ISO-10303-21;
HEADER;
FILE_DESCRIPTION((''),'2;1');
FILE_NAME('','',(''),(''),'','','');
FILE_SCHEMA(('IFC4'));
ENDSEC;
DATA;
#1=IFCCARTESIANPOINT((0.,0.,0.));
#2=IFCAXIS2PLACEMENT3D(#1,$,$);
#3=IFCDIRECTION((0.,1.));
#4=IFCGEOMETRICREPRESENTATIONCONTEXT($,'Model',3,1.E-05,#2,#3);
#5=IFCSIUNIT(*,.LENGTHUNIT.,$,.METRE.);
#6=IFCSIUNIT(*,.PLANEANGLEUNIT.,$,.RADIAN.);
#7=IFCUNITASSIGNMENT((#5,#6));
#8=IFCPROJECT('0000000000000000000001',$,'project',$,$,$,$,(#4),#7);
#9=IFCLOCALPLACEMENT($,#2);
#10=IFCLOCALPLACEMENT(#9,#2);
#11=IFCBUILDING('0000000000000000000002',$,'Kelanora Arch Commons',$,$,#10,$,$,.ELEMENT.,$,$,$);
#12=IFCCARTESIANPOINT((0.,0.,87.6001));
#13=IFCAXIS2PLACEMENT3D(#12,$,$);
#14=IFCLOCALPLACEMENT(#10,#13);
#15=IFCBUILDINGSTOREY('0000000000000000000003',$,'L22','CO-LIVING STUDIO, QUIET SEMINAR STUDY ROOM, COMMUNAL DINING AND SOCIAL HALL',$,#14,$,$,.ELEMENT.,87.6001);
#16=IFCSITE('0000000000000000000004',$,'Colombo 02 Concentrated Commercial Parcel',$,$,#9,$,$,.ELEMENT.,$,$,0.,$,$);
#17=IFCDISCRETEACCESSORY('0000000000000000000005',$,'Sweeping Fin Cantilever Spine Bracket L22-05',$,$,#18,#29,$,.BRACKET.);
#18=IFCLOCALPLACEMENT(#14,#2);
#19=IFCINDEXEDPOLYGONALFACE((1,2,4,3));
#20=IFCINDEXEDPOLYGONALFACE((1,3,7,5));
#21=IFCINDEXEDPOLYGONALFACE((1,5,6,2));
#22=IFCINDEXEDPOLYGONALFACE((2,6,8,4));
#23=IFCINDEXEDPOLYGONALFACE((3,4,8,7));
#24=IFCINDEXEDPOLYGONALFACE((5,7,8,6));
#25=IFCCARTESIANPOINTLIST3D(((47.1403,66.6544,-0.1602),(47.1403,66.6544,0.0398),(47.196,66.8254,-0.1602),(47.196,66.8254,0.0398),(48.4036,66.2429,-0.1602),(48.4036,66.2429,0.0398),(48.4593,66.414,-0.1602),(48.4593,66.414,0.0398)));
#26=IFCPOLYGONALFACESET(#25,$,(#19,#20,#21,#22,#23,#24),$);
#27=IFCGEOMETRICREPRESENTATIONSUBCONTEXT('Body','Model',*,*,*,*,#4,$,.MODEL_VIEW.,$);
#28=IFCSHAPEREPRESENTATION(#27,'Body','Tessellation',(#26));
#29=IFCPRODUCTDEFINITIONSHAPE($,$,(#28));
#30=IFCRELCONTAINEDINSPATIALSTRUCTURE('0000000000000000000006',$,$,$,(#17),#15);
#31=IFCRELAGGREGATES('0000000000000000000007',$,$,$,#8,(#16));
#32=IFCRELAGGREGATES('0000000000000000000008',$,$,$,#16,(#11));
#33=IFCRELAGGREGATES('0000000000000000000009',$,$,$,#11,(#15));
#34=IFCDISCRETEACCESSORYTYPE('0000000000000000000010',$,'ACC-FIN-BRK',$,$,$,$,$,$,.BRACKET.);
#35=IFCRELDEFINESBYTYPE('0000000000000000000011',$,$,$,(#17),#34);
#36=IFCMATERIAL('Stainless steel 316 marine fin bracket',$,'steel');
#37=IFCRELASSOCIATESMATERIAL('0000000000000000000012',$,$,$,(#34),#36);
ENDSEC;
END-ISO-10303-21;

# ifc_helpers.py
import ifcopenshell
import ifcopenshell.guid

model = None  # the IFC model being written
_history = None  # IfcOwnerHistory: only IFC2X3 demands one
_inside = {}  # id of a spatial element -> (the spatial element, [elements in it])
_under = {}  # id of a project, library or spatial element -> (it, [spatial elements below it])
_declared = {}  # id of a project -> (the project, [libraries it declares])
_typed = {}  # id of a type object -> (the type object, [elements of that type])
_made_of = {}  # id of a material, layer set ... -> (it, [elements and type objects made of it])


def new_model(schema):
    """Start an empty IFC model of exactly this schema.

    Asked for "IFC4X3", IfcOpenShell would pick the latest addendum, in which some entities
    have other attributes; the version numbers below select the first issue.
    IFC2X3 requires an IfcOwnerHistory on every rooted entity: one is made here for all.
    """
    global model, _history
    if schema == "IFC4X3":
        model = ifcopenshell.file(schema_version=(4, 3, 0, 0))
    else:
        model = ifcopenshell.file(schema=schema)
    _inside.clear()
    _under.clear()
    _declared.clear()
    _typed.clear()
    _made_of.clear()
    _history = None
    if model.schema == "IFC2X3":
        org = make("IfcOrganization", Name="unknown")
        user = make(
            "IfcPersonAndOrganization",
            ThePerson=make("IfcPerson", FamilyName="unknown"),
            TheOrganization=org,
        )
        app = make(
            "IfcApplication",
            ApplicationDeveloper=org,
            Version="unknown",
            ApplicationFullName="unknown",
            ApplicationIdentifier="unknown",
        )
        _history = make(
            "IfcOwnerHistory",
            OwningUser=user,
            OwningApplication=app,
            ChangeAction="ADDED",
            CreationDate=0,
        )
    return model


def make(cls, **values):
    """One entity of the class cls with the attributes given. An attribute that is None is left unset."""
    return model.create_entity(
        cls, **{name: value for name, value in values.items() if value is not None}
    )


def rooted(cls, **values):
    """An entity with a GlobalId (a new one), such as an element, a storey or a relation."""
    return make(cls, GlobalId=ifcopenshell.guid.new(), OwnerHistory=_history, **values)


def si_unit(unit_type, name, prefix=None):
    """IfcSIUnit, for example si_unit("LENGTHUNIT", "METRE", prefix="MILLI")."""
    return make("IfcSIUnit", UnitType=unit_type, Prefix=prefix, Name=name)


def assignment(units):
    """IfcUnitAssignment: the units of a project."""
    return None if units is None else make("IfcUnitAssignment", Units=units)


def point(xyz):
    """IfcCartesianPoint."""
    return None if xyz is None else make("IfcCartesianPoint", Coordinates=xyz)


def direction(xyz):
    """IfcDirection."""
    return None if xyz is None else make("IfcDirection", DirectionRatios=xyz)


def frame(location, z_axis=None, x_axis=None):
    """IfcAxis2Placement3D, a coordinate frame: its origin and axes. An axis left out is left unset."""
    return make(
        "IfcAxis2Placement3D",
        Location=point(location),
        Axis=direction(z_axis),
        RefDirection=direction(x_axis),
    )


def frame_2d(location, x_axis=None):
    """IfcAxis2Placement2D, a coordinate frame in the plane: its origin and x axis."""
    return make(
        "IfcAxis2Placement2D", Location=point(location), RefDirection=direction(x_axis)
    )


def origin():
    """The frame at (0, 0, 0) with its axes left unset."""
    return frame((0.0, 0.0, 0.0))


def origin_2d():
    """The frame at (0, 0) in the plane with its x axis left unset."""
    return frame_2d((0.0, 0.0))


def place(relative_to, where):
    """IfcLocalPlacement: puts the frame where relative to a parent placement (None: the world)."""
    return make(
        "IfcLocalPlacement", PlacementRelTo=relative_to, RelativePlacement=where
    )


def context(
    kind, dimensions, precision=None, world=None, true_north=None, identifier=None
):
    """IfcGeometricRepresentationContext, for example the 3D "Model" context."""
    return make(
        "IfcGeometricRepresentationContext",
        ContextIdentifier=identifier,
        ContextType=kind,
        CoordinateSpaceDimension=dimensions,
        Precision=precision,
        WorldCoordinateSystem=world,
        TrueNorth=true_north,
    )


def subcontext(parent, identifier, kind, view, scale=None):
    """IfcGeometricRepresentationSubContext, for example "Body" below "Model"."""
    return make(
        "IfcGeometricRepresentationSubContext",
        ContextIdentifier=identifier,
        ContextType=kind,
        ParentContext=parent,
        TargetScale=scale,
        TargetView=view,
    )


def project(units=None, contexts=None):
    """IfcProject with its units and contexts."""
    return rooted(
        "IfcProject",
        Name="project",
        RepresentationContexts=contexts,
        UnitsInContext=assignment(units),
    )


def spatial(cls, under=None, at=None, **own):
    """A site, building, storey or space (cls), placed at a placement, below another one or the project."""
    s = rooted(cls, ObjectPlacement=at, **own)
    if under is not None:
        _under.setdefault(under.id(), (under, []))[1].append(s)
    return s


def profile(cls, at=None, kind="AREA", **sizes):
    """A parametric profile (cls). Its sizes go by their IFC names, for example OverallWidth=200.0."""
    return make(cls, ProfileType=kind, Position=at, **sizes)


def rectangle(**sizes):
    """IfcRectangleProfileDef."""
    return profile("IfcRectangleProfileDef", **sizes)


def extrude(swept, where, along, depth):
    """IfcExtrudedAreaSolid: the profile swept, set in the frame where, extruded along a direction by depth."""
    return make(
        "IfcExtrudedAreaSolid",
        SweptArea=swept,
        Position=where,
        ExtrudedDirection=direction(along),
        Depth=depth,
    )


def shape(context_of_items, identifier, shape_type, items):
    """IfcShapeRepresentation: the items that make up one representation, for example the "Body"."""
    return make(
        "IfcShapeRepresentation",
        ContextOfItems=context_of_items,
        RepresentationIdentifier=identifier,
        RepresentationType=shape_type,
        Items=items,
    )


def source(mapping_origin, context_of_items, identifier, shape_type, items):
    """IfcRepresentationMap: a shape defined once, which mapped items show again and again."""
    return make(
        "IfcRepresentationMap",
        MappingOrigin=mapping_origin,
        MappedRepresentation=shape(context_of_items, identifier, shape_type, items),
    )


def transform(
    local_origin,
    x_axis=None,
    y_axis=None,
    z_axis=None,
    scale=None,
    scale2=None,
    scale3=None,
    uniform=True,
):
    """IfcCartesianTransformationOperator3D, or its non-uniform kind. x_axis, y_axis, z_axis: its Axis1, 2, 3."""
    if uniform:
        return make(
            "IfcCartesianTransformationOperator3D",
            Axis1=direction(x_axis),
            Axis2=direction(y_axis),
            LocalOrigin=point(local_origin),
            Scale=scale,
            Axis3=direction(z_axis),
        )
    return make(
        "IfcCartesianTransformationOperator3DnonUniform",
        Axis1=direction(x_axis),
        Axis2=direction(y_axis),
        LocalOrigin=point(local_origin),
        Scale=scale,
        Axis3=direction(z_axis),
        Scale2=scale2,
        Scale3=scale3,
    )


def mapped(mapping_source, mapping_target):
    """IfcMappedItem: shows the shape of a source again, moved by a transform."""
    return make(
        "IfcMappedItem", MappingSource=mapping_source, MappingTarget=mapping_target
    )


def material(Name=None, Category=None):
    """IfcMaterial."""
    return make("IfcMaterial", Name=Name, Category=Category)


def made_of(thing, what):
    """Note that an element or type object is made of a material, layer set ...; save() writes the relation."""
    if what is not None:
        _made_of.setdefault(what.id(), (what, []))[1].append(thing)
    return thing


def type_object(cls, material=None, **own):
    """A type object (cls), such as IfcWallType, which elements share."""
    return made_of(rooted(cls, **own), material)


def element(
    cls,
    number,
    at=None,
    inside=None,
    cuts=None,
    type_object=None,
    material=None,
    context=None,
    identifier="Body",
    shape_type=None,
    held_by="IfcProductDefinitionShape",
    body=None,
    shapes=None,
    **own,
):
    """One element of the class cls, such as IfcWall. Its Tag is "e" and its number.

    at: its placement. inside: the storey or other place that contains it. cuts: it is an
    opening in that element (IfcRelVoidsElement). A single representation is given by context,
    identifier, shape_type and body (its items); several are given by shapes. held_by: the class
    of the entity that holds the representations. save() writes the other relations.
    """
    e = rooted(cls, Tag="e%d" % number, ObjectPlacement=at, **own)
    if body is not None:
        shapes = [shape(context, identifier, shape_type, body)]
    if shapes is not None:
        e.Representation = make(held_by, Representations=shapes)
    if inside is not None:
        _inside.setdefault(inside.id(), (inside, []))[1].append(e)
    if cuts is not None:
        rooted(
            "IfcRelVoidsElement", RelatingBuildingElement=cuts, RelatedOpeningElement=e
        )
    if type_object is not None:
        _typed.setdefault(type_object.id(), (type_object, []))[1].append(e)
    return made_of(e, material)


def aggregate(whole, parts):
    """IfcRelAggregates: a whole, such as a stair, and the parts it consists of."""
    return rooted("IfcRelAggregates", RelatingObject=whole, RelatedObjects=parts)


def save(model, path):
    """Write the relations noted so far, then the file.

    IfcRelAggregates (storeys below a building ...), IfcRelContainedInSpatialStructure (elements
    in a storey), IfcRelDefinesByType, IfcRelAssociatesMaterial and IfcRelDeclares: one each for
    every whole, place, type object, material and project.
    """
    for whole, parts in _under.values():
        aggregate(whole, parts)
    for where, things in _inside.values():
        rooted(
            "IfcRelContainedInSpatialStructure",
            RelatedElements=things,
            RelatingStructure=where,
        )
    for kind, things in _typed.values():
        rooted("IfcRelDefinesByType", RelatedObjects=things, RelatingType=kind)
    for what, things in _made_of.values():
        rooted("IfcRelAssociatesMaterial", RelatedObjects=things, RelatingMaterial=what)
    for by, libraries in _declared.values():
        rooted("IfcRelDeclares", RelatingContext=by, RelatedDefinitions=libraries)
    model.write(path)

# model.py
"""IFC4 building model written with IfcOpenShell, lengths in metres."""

from ifc_helpers import new_model, si_unit, direction, frame, origin, origin_2d, place, context, subcontext, project, spatial, rectangle, extrude, source, transform, mapped, material, type_object, element, save


model = new_model("IFC4")

# Units and contexts
model_context = context("Model", 3, precision=1e-05, world=origin(), true_north=direction((0.0, 1.0)))
body_context = subcontext(model_context, "Body", "Model", "MODEL_VIEW")
ifc_project = project(units=[si_unit("LENGTHUNIT", "METRE"), si_unit("PLANEANGLEUNIT", "RADIAN")], contexts=[model_context])

# Site, building, storey
site_placement = place(None, origin())
site = spatial("IfcSite", under=ifc_project, at=site_placement, Name="Colombo 02 Concentrated Commercial Parcel", CompositionType="ELEMENT", RefElevation=0.0)
building_placement = place(site_placement, origin())
building = spatial("IfcBuilding", under=site, at=building_placement, Name="Kelanora Arch Commons", CompositionType="ELEMENT")
storey_placement = place(building_placement, frame((0.0, 0.0, 87.6001)))
storey = spatial("IfcBuildingStorey", under=building, at=storey_placement, Name="L22", Description="CO-LIVING STUDIO, QUIET SEMINAR STUDY ROOM, COMMUNAL DINING AND SOCIAL HALL", CompositionType="ELEMENT", Elevation=87.6001)

# Discrete accessory
ifc_material_1 = material(Name="Stainless steel 316 marine fin bracket", Category="steel")
discrete_accessory_type = type_object("IfcDiscreteAccessoryType", Name="ACC-FIN-BRK", PredefinedType="BRACKET", material=ifc_material_1)
shared_shape_1 = source(origin(), body_context, "Body", "SweptSolid", [
    extrude(rectangle(XDim=1.3286, YDim=0.1799, at=origin_2d()), origin(), (0.0, 0.0, 1.0), 0.2),
])
discrete_accessory_placement = place(storey_placement, frame((47.7998, 66.5342, -0.1602), z_axis=(0.0, 0.0, 1.0), x_axis=(-0.950841, 0.309681, 0.0)))
element("IfcDiscreteAccessory", 1, at=discrete_accessory_placement, inside=storey, type_object=discrete_accessory_type, Name="Sweeping Fin Cantilever Spine Bracket L22-05", PredefinedType="BRACKET", context=body_context, shape_type="MappedRepresentation", body=[
    mapped(shared_shape_1, transform((0.0, 0.0, 0.0), scale=1.0)),
])

save(model, "model.ifc")
